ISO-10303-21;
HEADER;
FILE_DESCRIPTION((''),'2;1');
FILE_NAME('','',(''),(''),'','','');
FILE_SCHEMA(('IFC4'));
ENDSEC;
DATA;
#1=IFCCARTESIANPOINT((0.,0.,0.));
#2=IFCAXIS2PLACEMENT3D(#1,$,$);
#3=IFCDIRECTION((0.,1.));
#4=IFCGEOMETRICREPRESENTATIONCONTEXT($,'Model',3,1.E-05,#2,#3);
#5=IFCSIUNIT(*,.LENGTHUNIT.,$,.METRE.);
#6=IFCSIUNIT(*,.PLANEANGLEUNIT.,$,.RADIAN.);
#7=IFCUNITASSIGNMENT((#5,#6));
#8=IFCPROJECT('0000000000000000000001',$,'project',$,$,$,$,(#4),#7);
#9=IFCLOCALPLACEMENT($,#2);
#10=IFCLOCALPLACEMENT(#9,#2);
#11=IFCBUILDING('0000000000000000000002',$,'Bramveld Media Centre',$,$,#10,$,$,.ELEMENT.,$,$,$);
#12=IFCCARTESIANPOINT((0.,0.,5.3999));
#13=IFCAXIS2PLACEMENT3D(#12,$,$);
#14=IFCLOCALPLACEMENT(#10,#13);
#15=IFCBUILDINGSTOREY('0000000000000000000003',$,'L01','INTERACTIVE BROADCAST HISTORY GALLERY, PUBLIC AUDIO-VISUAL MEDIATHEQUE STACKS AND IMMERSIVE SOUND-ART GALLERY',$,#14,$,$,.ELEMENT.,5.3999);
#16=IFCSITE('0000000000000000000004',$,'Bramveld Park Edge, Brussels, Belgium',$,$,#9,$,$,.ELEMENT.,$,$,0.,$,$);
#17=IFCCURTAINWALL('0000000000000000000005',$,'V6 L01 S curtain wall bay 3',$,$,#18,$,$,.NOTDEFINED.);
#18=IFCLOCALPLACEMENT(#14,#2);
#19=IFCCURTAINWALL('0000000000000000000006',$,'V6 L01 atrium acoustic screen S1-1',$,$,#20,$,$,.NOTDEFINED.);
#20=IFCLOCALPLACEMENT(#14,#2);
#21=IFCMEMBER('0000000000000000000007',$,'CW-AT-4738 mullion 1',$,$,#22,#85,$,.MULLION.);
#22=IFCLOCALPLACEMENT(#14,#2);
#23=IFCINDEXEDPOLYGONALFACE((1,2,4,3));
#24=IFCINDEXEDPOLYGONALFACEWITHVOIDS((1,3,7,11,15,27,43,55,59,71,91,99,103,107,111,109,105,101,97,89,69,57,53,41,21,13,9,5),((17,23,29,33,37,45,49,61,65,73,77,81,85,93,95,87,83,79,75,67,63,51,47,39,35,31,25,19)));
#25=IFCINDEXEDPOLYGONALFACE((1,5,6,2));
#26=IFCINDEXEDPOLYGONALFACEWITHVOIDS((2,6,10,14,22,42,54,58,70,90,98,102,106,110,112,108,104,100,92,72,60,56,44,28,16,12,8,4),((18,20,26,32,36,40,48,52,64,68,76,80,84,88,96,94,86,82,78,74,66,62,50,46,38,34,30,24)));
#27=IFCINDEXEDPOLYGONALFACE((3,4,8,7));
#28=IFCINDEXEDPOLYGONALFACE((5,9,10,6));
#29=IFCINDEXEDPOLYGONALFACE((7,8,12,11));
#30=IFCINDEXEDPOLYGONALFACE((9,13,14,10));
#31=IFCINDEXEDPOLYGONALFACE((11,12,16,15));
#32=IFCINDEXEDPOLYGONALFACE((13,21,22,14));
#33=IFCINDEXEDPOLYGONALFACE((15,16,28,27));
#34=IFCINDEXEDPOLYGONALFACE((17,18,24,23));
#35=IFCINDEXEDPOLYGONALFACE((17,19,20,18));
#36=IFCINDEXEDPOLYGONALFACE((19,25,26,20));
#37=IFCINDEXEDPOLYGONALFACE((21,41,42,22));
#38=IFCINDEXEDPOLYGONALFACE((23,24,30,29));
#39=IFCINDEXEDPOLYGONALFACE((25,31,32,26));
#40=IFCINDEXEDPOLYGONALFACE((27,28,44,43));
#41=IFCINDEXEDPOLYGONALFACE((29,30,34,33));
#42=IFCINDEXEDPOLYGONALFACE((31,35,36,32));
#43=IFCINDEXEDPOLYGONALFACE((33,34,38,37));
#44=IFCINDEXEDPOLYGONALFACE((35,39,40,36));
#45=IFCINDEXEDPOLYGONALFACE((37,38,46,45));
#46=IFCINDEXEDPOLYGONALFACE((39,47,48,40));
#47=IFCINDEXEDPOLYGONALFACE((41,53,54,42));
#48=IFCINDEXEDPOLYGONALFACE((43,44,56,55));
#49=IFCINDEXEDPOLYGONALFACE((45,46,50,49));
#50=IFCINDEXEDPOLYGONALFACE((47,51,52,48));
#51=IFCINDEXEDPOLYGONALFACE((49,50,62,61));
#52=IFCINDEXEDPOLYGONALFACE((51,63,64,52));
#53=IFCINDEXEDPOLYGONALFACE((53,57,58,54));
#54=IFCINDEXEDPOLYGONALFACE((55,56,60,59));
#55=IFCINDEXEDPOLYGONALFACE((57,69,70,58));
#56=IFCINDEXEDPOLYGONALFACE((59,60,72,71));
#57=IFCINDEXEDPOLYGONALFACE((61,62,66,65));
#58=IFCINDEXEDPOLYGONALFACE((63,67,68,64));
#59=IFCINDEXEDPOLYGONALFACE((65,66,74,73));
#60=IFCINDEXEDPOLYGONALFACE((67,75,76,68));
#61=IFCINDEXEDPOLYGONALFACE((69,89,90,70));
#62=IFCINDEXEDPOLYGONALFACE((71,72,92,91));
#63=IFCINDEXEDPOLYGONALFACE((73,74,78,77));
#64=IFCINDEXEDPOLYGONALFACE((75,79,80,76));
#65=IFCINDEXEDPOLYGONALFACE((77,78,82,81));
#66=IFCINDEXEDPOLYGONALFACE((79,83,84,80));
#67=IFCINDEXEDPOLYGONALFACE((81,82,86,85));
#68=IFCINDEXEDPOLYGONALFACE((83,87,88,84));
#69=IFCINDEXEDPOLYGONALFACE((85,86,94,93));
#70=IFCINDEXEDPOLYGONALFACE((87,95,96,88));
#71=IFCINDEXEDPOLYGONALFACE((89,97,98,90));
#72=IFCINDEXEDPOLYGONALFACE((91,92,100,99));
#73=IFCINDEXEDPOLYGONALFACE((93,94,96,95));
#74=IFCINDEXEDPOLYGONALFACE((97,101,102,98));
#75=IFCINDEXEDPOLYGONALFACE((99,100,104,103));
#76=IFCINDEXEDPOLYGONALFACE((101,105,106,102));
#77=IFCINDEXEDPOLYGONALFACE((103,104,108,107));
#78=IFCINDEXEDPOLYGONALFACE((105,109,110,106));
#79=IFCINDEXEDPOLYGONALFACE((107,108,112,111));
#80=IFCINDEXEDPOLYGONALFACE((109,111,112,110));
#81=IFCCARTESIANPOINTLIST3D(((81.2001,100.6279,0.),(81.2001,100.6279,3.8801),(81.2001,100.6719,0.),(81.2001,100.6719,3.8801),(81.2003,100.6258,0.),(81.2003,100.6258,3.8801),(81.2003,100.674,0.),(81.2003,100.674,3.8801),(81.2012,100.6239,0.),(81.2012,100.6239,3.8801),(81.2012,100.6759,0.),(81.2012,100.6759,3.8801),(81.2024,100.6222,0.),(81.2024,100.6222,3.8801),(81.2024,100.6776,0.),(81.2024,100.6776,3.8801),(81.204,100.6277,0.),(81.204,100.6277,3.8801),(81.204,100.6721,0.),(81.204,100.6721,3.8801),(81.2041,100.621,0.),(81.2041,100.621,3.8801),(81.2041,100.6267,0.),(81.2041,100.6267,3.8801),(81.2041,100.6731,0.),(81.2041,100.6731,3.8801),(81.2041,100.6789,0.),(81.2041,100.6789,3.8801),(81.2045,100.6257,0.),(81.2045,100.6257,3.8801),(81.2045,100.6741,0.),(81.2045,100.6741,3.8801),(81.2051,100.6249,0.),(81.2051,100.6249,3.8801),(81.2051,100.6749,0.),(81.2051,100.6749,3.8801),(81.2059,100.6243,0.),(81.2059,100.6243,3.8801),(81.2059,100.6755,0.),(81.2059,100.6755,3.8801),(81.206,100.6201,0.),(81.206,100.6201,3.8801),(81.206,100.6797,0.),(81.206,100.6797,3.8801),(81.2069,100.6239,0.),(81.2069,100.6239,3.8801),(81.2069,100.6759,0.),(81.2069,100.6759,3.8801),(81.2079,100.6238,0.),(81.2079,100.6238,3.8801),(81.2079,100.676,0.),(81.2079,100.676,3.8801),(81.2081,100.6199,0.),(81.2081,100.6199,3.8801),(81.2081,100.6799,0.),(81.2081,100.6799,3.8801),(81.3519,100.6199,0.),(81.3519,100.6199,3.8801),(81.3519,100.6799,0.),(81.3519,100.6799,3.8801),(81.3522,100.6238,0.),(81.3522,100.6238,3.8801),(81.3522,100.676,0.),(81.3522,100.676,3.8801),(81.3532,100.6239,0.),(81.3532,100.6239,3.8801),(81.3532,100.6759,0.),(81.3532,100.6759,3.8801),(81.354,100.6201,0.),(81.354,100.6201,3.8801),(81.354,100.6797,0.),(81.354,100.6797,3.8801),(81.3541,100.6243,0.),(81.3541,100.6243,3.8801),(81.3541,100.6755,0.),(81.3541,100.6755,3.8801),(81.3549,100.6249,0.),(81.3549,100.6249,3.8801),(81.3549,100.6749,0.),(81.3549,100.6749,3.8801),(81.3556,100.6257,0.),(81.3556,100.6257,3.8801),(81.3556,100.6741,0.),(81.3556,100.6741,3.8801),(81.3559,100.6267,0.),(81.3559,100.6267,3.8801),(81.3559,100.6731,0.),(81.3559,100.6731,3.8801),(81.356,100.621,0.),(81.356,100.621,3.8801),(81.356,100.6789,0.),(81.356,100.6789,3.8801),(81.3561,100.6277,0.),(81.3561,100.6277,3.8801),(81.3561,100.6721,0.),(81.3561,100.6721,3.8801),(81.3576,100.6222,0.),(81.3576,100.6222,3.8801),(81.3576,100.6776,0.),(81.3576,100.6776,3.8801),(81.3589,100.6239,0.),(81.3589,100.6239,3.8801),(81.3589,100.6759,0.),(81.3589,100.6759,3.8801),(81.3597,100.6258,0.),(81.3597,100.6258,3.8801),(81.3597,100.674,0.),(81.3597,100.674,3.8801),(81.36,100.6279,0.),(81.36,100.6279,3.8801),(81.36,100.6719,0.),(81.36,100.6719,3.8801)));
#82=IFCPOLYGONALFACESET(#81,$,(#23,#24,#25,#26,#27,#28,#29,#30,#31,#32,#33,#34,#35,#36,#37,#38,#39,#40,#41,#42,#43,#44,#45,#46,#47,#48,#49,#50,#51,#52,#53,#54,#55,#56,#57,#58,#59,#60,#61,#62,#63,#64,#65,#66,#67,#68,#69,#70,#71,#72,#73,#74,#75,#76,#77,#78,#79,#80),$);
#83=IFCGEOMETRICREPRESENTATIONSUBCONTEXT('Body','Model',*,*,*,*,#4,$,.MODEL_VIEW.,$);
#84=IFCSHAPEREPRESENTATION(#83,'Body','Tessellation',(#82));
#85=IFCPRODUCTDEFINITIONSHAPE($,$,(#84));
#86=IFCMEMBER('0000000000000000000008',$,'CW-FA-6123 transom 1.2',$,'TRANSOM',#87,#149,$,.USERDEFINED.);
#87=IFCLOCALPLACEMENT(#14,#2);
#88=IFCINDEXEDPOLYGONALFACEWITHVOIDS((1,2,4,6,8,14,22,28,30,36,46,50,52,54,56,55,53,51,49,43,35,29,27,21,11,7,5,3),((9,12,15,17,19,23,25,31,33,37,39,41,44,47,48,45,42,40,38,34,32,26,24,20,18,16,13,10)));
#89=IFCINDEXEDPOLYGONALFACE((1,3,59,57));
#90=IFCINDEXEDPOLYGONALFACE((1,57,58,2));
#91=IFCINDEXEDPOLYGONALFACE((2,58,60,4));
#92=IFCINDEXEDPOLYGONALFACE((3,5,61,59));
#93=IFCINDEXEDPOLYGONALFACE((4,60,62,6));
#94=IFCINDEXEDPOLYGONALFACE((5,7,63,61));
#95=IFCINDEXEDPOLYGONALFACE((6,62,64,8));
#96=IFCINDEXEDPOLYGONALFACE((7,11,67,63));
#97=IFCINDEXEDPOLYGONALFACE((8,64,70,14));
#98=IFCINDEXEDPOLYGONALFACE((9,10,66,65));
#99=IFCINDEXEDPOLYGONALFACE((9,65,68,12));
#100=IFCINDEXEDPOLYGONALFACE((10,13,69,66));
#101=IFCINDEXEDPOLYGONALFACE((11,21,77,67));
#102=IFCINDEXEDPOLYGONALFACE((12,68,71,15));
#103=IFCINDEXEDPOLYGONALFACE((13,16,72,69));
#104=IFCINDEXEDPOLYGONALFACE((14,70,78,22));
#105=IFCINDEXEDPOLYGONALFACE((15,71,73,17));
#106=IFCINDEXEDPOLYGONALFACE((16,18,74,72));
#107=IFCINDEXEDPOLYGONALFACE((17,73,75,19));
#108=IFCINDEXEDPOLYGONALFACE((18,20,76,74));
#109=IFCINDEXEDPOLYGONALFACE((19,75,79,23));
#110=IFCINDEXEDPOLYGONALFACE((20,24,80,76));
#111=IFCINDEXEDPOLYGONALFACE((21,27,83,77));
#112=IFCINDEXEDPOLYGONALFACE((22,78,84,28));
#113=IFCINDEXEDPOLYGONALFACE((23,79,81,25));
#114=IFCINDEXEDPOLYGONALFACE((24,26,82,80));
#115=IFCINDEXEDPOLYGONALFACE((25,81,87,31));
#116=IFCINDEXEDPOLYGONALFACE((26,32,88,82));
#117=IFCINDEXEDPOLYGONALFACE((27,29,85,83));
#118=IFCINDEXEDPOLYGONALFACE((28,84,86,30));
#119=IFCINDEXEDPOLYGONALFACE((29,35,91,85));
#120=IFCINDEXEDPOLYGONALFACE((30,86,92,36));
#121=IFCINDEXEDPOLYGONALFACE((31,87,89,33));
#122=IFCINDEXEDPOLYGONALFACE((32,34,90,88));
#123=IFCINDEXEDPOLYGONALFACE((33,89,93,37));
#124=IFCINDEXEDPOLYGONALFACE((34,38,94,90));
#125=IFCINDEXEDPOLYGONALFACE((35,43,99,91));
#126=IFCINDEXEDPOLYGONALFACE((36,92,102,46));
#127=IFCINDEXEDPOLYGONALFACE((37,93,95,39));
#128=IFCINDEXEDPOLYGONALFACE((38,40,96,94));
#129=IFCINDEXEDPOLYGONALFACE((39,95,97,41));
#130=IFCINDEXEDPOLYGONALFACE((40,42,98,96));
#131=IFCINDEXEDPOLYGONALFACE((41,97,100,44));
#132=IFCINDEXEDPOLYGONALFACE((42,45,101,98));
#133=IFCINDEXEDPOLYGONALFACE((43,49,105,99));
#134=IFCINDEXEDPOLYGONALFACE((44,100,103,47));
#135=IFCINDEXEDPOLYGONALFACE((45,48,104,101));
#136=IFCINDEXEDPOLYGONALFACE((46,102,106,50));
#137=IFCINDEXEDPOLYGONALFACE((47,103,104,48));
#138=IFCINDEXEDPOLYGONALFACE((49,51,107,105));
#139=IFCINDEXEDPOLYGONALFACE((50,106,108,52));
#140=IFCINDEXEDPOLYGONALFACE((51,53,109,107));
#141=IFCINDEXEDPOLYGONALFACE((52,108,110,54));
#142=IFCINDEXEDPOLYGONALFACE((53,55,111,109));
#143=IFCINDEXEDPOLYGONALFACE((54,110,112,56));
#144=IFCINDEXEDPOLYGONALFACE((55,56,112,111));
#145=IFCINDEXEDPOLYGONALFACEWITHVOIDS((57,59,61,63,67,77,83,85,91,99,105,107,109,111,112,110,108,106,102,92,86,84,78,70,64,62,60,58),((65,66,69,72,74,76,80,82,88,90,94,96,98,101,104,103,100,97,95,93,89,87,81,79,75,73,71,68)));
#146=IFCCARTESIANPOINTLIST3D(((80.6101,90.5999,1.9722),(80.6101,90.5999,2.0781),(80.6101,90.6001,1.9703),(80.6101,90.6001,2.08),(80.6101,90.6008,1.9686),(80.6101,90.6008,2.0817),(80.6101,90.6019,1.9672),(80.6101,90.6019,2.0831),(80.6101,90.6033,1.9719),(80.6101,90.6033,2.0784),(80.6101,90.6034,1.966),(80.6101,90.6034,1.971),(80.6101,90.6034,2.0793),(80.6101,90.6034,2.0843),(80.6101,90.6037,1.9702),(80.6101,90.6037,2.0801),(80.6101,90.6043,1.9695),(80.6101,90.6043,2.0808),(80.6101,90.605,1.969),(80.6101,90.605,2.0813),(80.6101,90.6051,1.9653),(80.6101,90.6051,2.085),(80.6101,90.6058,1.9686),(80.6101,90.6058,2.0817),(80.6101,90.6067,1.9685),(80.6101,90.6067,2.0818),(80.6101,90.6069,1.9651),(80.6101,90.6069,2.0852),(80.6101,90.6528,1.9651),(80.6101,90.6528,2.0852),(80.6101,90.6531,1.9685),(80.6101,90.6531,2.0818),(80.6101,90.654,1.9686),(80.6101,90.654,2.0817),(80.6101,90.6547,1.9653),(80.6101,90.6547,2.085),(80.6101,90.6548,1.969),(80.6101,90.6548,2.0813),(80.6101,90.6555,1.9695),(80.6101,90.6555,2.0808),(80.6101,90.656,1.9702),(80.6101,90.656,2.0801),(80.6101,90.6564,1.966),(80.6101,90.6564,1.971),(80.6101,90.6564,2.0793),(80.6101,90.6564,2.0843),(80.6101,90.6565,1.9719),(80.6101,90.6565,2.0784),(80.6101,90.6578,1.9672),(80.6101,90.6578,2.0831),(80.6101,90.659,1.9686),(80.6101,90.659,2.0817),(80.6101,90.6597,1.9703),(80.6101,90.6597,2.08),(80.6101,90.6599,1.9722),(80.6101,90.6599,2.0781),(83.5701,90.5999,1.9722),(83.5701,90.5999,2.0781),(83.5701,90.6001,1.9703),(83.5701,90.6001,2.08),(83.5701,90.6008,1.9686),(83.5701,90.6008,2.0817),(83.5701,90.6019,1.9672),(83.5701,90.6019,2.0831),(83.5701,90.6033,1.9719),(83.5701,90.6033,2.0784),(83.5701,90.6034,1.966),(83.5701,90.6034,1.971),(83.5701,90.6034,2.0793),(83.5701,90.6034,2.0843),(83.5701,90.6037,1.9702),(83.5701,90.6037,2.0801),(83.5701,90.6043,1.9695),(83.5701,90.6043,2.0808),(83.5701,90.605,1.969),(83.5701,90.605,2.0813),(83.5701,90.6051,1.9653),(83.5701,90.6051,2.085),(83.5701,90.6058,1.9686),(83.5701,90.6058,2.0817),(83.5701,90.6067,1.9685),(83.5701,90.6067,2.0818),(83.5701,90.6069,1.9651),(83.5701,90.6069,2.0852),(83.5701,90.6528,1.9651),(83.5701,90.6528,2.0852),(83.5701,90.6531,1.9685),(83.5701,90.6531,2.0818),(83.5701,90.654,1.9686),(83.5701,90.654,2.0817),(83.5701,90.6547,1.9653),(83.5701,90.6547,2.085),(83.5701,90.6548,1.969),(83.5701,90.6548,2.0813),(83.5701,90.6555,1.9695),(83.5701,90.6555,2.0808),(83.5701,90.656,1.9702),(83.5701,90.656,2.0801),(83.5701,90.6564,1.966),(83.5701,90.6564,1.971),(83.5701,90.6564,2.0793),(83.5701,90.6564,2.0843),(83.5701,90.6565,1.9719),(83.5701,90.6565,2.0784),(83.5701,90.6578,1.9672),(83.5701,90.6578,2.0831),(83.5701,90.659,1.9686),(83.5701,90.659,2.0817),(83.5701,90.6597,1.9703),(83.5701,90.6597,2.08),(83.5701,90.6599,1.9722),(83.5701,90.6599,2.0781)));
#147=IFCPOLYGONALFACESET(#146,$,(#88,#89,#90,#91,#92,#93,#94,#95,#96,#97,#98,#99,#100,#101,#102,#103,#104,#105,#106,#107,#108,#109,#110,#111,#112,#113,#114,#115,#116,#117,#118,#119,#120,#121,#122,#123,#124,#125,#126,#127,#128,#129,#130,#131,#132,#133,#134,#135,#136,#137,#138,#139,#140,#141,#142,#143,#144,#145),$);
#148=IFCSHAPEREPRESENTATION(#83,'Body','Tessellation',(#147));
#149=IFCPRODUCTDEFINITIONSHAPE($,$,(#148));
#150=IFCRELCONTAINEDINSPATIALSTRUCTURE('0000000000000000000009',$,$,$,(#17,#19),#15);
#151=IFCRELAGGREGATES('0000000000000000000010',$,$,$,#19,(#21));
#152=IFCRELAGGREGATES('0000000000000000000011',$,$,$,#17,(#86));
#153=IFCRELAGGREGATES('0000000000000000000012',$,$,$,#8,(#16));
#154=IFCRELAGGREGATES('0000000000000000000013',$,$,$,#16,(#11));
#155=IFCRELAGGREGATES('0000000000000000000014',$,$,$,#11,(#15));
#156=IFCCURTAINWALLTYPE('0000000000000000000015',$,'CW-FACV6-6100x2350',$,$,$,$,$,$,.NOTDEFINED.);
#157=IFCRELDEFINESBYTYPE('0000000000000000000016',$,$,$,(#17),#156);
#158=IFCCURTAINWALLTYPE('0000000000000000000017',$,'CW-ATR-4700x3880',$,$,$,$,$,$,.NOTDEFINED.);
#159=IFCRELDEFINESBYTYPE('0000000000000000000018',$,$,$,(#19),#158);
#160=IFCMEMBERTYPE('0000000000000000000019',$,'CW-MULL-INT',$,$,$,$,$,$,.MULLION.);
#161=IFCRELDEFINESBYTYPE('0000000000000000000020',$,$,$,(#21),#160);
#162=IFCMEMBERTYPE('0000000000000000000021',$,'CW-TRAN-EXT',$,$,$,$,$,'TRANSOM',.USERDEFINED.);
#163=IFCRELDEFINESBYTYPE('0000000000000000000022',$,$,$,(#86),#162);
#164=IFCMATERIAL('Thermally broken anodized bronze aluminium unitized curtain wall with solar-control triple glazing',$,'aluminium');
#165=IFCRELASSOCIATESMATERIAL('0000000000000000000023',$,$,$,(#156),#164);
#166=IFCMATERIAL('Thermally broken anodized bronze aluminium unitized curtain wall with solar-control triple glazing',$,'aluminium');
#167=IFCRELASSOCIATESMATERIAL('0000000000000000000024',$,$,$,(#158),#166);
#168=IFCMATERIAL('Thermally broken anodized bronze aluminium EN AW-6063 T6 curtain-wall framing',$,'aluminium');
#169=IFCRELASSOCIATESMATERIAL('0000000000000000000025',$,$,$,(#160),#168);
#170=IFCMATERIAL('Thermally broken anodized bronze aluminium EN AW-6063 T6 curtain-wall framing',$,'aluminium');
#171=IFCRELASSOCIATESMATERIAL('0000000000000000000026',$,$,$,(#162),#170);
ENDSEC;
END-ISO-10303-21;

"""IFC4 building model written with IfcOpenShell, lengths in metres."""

from ifc_helpers import new_model, si_unit, direction, frame, origin, origin_2d, place, context, subcontext, project, spatial, hollow_rectangle, extrude, material, material_profile, profile_set, type_object, element, aggregate, save


model = new_model("IFC4")

# Units and contexts
model_context = context("Model", 3, precision=1e-05, world=origin(), true_north=direction((0.0, 1.0)))
body_context = subcontext(model_context, "Body", "Model", "MODEL_VIEW")
ifc_project = project(units=[si_unit("LENGTHUNIT", "METRE"), si_unit("PLANEANGLEUNIT", "RADIAN")], contexts=[model_context])

# Site, building, storey
site_placement = place(None, origin())
site = spatial("IfcSite", under=ifc_project, at=site_placement, Name="Bramveld Park Edge, Brussels, Belgium", CompositionType="ELEMENT", RefElevation=0.0)
building_placement = place(site_placement, origin())
building = spatial("IfcBuilding", under=site, at=building_placement, Name="Bramveld Media Centre", CompositionType="ELEMENT")
storey_placement = place(building_placement, frame((0.0, 0.0, 5.3999)))
storey = spatial("IfcBuildingStorey", under=building, at=storey_placement, Name="L01", Description="INTERACTIVE BROADCAST HISTORY GALLERY, PUBLIC AUDIO-VISUAL MEDIATHEQUE STACKS AND IMMERSIVE SOUND-ART GALLERY", CompositionType="ELEMENT", Elevation=5.3999)

# Curtain wall
ifc_material_1 = material(Name="Thermally broken anodized bronze aluminium unitized curtain wall with solar-control triple glazing", Category="aluminium")
curtain_wall_type_1 = type_object("IfcCurtainWallType", Name="CW-FACV6-6100x2350", PredefinedType="NOTDEFINED", material=ifc_material_1)
curtain_wall_1_placement = place(storey_placement, origin())
curtain_wall_1 = element("IfcCurtainWall", 1, at=curtain_wall_1_placement, inside=storey, type_object=curtain_wall_type_1, Name="V6 L01 S curtain wall bay 3", PredefinedType="NOTDEFINED")

# Curtain wall, member
ifc_material_2 = material(Name="Thermally broken anodized bronze aluminium unitized curtain wall with solar-control triple glazing", Category="aluminium")
curtain_wall_type_2 = type_object("IfcCurtainWallType", Name="CW-ATR-4700x3880", PredefinedType="NOTDEFINED", material=ifc_material_2)
curtain_wall_2_placement = place(storey_placement, origin())
curtain_wall_2 = element("IfcCurtainWall", 2, at=curtain_wall_2_placement, inside=storey, type_object=curtain_wall_type_2, Name="V6 L01 atrium acoustic screen S1-1", PredefinedType="NOTDEFINED")
ifc_material_3 = material(Name="Thermally broken anodized bronze aluminium EN AW-6063 T6 curtain-wall framing", Category="aluminium")
ifc_material_profile_1 = material_profile(ifc_material_3, hollow_rectangle(XDim=0.0601, YDim=0.1599, WallThickness=0.0039, InnerFilletRadius=0.0039, OuterFilletRadius=0.0081, at=origin_2d()), Name="AL-MULL 60x160")
ifc_profile_set_1 = profile_set([ifc_material_profile_1], Name="Thermally broken anodized bronze aluminium EN AW-6063 T6 curtain-wall framing")
member_type_1 = type_object("IfcMemberType", Name="CW-MULL-INT", PredefinedType="MULLION", material=ifc_profile_set_1)
member_1_placement = place(storey_placement, frame((81.28, 100.6499, 0.0), z_axis=(0.0, 0.0, 1.0), x_axis=(0.0, 1.0, 0.0)))
member_1 = element("IfcMember", 3, at=member_1_placement, type_object=member_type_1, Name="CW-AT-4738 mullion 1", PredefinedType="MULLION", context=body_context, shape_type="SweptSolid", body=[
    extrude(hollow_rectangle(XDim=0.0601, YDim=0.1599, WallThickness=0.0039, InnerFilletRadius=0.0039, OuterFilletRadius=0.0081, at=origin_2d()), origin(), (0.0, 0.0, 1.0), 3.8801),
])
aggregate(curtain_wall_2, [member_1])

# Member
ifc_material_4 = material(Name="Thermally broken anodized bronze aluminium EN AW-6063 T6 curtain-wall framing", Category="aluminium")
ifc_material_profile_2 = material_profile(ifc_material_4, hollow_rectangle(XDim=0.0601, YDim=0.1201, WallThickness=0.0034, InnerFilletRadius=0.0034, OuterFilletRadius=0.0071, at=origin_2d()), Name="AL-TRAN 60x120")
ifc_profile_set_2 = profile_set([ifc_material_profile_2], Name="Thermally broken anodized bronze aluminium EN AW-6063 T6 curtain-wall framing")
member_type_2 = type_object("IfcMemberType", Name="CW-TRAN-EXT", ElementType="TRANSOM", PredefinedType="USERDEFINED", material=ifc_profile_set_2)
member_2_placement = place(storey_placement, frame((80.6101, 90.6299, 2.0251), z_axis=(1.0, 0.0, 0.0), x_axis=(0.0, 1.0, 0.0)))
member_2 = element("IfcMember", 4, at=member_2_placement, type_object=member_type_2, Name="CW-FA-6123 transom 1.2", ObjectType="TRANSOM", PredefinedType="USERDEFINED", context=body_context, shape_type="SweptSolid", body=[
    extrude(hollow_rectangle(XDim=0.0601, YDim=0.1201, WallThickness=0.0034, InnerFilletRadius=0.0034, OuterFilletRadius=0.0071, at=origin_2d()), origin(), (0.0, 0.0, 1.0), 2.96),
])

aggregate(curtain_wall_1, [member_2])

save(model, "model.ifc")
